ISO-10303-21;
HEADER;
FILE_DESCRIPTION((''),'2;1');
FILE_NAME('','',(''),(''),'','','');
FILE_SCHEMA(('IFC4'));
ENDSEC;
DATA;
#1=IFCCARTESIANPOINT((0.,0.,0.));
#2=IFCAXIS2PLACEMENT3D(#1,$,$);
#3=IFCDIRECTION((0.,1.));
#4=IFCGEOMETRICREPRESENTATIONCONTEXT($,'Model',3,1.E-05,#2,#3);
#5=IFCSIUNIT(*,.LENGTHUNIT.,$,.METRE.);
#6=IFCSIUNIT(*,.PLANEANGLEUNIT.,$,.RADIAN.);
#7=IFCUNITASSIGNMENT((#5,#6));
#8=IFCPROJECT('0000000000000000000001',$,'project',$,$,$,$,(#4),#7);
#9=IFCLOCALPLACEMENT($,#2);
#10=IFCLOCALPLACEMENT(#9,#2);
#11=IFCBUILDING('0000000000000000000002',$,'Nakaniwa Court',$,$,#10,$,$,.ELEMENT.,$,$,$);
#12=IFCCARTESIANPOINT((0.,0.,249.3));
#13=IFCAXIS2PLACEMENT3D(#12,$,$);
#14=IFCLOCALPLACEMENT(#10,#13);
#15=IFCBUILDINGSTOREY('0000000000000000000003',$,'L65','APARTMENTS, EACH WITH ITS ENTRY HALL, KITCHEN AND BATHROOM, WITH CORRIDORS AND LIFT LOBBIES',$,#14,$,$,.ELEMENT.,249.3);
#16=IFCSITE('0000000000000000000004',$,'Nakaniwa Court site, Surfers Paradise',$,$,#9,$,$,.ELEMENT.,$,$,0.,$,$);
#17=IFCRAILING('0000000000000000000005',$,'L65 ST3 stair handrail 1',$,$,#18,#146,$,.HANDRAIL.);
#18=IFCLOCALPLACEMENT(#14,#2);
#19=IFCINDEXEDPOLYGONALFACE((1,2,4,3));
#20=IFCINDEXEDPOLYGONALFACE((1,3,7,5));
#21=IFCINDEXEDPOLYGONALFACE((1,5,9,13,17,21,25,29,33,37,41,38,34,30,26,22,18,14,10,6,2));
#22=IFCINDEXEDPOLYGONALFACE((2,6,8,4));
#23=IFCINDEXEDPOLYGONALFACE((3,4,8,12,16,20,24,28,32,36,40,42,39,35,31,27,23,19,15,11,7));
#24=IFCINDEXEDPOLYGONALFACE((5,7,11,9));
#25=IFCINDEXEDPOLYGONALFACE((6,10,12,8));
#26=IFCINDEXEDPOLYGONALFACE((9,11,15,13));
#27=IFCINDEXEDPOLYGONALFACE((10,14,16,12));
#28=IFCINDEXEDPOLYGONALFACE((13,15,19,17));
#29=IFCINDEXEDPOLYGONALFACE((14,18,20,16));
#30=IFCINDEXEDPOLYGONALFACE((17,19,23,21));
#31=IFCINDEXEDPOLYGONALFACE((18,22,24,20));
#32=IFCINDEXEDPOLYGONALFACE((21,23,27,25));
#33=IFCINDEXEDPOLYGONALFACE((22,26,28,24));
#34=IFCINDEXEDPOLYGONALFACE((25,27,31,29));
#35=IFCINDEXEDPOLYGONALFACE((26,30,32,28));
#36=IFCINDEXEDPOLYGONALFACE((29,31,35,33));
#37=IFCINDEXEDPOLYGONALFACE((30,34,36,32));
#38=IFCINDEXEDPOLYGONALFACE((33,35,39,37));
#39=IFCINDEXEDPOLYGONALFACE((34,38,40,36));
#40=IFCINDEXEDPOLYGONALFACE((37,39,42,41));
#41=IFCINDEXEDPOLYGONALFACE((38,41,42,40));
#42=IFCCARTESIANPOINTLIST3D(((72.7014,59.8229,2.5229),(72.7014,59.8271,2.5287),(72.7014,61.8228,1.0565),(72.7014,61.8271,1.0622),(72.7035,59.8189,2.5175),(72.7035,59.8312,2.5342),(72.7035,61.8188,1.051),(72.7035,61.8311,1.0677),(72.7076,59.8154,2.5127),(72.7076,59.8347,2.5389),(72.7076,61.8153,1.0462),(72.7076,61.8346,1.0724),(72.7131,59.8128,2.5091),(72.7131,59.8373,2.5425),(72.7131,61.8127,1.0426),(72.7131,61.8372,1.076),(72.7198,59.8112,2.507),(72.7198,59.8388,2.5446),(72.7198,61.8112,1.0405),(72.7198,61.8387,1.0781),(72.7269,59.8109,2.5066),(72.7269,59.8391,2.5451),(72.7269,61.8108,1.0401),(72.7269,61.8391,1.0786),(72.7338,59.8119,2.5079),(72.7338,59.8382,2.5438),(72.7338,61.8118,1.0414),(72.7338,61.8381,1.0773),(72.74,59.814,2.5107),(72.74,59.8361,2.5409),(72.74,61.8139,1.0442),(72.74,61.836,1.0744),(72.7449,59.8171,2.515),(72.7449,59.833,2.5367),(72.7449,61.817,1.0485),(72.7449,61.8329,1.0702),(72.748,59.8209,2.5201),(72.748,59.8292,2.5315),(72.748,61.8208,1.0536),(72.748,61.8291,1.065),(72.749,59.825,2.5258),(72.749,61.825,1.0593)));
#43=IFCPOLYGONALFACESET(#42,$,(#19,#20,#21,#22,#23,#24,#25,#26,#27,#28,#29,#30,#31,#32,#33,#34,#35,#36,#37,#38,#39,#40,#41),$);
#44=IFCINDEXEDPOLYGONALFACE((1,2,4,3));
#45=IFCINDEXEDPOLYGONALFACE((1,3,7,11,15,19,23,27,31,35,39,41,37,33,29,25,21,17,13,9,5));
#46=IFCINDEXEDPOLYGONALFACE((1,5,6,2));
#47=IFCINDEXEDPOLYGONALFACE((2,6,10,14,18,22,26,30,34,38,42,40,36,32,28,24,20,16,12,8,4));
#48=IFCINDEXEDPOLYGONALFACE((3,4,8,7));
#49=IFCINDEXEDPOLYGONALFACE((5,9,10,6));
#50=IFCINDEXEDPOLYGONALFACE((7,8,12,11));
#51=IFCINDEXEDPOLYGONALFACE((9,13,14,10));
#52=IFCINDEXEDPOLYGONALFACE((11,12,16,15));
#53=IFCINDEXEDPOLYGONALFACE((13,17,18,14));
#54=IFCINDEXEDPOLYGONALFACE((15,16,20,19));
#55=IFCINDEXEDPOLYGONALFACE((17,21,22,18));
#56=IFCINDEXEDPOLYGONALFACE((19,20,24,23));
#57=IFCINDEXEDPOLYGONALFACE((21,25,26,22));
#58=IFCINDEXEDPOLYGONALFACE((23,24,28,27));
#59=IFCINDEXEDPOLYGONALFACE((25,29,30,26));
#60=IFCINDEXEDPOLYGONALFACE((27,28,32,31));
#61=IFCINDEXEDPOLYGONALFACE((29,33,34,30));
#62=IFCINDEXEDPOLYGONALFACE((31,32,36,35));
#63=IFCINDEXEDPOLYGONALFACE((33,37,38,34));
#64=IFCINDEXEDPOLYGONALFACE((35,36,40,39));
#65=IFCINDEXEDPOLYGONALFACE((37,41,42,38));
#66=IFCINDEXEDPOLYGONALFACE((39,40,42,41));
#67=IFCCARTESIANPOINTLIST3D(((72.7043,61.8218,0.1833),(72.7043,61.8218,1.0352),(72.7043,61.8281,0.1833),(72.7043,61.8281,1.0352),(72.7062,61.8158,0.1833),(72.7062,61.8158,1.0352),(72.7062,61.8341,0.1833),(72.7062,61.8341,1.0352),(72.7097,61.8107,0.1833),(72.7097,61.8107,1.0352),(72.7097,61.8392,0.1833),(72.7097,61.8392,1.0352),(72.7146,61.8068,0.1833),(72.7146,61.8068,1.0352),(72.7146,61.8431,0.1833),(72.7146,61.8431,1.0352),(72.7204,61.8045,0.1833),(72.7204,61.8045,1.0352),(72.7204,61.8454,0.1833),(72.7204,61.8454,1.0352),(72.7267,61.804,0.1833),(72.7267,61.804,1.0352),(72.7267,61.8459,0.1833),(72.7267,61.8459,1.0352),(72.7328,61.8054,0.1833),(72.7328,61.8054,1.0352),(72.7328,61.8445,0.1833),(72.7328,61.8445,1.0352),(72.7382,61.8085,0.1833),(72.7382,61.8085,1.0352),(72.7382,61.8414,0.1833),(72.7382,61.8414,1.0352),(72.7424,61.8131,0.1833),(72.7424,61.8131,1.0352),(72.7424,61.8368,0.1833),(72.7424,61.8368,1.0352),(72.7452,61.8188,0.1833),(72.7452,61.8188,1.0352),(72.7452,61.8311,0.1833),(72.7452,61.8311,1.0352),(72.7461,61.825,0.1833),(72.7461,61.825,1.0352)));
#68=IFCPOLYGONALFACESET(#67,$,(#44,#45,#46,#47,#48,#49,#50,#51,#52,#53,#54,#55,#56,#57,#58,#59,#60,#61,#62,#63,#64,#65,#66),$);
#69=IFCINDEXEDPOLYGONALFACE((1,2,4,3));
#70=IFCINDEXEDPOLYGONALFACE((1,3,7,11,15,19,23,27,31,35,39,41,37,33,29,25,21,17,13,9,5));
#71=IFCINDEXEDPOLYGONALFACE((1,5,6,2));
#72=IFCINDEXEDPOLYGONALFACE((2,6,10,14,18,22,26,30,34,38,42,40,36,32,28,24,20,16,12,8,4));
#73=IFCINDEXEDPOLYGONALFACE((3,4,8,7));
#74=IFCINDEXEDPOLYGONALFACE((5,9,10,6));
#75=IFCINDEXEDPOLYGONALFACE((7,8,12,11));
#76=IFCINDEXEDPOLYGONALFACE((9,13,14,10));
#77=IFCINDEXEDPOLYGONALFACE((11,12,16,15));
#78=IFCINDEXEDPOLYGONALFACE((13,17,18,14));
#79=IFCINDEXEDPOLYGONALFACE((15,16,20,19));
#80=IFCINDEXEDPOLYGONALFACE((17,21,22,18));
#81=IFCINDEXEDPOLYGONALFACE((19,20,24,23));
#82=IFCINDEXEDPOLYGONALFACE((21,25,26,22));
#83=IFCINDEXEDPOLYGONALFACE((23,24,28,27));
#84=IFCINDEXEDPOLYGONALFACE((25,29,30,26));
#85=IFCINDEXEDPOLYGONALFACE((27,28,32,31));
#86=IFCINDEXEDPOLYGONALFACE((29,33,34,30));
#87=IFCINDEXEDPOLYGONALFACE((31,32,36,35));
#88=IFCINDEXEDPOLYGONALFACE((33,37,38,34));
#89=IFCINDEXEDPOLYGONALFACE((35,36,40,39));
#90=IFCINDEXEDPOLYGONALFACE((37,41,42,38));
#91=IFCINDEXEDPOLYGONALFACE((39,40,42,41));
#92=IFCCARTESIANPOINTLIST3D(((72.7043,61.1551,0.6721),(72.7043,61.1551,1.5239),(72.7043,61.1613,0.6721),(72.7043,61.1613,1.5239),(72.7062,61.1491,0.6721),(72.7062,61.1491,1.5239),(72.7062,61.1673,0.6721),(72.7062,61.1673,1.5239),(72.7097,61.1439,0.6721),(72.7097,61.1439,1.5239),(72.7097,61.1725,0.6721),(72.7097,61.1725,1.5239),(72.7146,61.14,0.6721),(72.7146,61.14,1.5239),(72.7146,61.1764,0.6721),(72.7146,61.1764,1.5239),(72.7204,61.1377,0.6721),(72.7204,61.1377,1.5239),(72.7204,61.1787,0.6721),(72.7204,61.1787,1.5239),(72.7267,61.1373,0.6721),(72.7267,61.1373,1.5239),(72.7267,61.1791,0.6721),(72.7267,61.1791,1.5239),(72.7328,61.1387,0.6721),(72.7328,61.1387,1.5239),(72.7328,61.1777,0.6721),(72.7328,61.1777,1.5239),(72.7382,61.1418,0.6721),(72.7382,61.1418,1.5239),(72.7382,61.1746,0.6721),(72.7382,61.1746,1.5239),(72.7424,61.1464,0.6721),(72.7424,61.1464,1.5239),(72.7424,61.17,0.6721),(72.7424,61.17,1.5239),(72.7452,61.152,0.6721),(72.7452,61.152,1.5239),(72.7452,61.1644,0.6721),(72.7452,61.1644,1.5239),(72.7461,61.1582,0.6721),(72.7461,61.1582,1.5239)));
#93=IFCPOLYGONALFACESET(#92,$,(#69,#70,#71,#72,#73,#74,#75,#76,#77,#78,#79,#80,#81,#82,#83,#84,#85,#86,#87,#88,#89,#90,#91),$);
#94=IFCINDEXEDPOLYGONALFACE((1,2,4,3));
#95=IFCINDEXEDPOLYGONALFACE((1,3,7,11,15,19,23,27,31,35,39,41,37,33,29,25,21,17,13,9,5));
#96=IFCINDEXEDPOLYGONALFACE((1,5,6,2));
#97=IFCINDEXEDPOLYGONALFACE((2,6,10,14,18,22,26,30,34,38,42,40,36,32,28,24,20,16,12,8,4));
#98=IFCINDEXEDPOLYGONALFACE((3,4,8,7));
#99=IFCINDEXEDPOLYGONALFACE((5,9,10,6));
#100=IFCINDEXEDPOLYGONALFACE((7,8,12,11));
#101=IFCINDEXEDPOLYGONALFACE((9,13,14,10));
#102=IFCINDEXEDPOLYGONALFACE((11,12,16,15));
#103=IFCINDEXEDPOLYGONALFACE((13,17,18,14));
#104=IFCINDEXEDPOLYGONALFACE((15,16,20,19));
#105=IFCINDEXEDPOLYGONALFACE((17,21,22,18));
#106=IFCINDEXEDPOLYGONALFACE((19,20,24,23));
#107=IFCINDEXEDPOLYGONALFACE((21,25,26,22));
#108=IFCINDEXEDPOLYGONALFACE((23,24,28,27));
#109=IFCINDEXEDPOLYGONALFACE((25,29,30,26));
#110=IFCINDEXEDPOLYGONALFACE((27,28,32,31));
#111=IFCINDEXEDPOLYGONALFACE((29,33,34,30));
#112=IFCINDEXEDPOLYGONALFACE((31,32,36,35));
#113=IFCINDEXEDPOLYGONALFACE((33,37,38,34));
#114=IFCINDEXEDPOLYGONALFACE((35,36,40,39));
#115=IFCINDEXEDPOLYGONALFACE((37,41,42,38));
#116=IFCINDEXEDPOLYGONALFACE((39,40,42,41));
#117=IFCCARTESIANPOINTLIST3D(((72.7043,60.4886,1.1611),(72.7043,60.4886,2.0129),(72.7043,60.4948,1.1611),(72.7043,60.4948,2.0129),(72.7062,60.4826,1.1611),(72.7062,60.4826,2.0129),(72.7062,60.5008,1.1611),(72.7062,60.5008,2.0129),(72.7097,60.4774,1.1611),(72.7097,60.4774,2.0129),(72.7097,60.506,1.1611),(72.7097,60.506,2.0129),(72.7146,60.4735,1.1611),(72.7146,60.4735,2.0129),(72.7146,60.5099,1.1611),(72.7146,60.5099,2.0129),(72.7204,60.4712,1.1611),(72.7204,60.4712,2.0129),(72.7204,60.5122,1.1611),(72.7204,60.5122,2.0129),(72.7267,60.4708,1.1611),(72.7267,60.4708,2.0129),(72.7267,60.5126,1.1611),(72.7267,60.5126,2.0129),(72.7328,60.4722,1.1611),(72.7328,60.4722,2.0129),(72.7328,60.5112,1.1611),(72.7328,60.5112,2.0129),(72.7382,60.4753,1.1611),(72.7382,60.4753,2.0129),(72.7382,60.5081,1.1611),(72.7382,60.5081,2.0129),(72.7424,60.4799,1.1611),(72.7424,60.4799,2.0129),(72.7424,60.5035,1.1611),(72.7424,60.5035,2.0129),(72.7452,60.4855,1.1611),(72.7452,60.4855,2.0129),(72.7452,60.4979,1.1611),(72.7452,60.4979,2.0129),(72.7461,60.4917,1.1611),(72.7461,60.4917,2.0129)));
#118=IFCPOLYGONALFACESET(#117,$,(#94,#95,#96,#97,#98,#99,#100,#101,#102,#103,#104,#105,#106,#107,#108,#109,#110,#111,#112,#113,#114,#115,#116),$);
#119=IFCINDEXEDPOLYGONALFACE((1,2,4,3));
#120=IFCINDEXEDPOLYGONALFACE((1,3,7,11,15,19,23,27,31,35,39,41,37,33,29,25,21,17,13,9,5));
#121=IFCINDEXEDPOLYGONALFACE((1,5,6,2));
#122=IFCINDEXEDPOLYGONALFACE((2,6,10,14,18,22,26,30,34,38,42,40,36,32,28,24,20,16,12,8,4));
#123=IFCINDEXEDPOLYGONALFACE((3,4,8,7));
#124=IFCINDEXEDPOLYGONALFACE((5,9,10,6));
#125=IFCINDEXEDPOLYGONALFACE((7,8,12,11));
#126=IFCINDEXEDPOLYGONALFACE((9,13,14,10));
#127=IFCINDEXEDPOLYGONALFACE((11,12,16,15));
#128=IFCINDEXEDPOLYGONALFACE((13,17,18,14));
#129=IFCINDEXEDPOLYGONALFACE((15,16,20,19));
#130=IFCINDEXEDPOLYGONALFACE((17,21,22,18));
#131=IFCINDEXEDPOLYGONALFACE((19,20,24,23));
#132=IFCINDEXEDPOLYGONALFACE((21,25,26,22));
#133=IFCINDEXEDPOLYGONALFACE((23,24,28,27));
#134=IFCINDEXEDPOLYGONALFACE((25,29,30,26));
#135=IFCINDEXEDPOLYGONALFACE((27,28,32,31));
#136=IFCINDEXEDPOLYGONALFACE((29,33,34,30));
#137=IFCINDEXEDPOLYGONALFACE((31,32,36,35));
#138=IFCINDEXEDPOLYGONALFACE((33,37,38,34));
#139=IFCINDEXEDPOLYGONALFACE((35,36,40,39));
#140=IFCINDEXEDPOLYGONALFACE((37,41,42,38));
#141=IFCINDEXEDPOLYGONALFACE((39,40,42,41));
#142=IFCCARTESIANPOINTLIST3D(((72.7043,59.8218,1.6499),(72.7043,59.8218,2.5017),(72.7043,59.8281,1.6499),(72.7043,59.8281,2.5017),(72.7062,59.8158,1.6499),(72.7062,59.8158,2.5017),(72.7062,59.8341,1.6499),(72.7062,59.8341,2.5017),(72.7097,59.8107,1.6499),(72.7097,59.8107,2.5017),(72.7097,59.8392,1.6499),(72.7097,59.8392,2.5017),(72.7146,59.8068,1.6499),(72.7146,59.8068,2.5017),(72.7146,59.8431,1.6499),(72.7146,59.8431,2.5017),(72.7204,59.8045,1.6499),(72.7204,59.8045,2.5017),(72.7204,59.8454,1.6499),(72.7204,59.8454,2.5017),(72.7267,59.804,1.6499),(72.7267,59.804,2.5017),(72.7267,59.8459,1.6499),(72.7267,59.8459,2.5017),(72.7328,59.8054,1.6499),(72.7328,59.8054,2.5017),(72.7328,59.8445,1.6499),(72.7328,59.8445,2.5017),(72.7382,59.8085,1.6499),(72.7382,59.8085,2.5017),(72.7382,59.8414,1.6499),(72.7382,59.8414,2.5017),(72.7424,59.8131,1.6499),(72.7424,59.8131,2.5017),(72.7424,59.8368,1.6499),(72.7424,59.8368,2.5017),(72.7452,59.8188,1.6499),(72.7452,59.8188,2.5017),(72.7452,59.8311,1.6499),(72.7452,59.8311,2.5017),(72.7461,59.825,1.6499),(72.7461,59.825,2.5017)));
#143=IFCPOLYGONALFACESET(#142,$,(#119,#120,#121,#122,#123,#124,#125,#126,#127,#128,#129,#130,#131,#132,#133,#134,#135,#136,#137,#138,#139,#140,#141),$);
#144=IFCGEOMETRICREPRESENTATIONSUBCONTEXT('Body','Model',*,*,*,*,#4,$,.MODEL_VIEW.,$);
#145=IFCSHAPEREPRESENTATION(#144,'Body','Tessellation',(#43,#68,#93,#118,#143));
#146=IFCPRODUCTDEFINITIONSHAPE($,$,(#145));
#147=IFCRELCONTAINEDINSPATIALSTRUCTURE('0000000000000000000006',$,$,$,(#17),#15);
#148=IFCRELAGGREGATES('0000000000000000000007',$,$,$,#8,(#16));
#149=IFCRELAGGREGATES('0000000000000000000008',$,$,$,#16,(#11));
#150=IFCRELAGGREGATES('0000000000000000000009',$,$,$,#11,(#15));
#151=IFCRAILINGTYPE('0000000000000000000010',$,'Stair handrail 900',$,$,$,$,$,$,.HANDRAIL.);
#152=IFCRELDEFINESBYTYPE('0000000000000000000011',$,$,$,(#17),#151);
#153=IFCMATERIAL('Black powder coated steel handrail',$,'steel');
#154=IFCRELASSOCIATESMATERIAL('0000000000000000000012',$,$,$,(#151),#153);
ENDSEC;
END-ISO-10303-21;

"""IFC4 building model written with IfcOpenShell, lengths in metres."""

from ifc_helpers import new_model, si_unit, direction, frame, origin, origin_2d, place, context, subcontext, project, spatial, circle, extrude, material, type_object, element, save


model = new_model("IFC4")

# Units and contexts
model_context = context("Model", 3, precision=1e-05, world=origin(), true_north=direction((0.0, 1.0)))
body_context = subcontext(model_context, "Body", "Model", "MODEL_VIEW")
ifc_project = project(units=[si_unit("LENGTHUNIT", "METRE"), si_unit("PLANEANGLEUNIT", "RADIAN")], contexts=[model_context])

# Site, building, storey
site_placement = place(None, origin())
site = spatial("IfcSite", under=ifc_project, at=site_placement, Name="Nakaniwa Court site, Surfers Paradise", CompositionType="ELEMENT", RefElevation=0.0)
building_placement = place(site_placement, origin())
building = spatial("IfcBuilding", under=site, at=building_placement, Name="Nakaniwa Court", CompositionType="ELEMENT")
storey_placement = place(building_placement, frame((0.0, 0.0, 249.3)))
storey = spatial("IfcBuildingStorey", under=building, at=storey_placement, Name="L65", Description="APARTMENTS, EACH WITH ITS ENTRY HALL, KITCHEN AND BATHROOM, WITH CORRIDORS AND LIFT LOBBIES", CompositionType="ELEMENT", Elevation=249.3)

# Railing
ifc_material_1 = material(Name="Black powder coated steel handrail", Category="steel")
railing_type_1 = type_object("IfcRailingType", Name="Stair handrail 900", PredefinedType="HANDRAIL", material=ifc_material_1)
railing_1_placement = place(storey_placement, frame((72.7251, 61.825, 0.1833)))
element("IfcRailing", 1, at=railing_1_placement, inside=storey, type_object=railing_type_1, Name="L65 ST3 stair handrail 1", PredefinedType="HANDRAIL", context=body_context, shape_type="SweptSolid", body=[
    extrude(circle(Radius=0.0239, at=origin_2d()), frame((0.0, 0.0, 0.876), z_axis=(0.0, -0.806427, 0.591334), x_axis=(1.0, 0.0, 0.0)), (0.0, 0.0, 1.0), 2.48),
    extrude(circle(Radius=0.021, at=origin_2d()), origin(), (0.0, 0.0, 1.0), 0.8518),
    extrude(circle(Radius=0.021, at=origin_2d()), frame((0.0, -0.6667, 0.4888)), (0.0, 0.0, 1.0), 0.8518),
    extrude(circle(Radius=0.021, at=origin_2d()), frame((0.0, -1.3333, 0.9778)), (0.0, 0.0, 1.0), 0.8518),
    extrude(circle(Radius=0.021, at=origin_2d()), frame((0.0, -2.0, 1.4666)), (0.0, 0.0, 1.0), 0.8518),
])

save(model, "model.ifc")
